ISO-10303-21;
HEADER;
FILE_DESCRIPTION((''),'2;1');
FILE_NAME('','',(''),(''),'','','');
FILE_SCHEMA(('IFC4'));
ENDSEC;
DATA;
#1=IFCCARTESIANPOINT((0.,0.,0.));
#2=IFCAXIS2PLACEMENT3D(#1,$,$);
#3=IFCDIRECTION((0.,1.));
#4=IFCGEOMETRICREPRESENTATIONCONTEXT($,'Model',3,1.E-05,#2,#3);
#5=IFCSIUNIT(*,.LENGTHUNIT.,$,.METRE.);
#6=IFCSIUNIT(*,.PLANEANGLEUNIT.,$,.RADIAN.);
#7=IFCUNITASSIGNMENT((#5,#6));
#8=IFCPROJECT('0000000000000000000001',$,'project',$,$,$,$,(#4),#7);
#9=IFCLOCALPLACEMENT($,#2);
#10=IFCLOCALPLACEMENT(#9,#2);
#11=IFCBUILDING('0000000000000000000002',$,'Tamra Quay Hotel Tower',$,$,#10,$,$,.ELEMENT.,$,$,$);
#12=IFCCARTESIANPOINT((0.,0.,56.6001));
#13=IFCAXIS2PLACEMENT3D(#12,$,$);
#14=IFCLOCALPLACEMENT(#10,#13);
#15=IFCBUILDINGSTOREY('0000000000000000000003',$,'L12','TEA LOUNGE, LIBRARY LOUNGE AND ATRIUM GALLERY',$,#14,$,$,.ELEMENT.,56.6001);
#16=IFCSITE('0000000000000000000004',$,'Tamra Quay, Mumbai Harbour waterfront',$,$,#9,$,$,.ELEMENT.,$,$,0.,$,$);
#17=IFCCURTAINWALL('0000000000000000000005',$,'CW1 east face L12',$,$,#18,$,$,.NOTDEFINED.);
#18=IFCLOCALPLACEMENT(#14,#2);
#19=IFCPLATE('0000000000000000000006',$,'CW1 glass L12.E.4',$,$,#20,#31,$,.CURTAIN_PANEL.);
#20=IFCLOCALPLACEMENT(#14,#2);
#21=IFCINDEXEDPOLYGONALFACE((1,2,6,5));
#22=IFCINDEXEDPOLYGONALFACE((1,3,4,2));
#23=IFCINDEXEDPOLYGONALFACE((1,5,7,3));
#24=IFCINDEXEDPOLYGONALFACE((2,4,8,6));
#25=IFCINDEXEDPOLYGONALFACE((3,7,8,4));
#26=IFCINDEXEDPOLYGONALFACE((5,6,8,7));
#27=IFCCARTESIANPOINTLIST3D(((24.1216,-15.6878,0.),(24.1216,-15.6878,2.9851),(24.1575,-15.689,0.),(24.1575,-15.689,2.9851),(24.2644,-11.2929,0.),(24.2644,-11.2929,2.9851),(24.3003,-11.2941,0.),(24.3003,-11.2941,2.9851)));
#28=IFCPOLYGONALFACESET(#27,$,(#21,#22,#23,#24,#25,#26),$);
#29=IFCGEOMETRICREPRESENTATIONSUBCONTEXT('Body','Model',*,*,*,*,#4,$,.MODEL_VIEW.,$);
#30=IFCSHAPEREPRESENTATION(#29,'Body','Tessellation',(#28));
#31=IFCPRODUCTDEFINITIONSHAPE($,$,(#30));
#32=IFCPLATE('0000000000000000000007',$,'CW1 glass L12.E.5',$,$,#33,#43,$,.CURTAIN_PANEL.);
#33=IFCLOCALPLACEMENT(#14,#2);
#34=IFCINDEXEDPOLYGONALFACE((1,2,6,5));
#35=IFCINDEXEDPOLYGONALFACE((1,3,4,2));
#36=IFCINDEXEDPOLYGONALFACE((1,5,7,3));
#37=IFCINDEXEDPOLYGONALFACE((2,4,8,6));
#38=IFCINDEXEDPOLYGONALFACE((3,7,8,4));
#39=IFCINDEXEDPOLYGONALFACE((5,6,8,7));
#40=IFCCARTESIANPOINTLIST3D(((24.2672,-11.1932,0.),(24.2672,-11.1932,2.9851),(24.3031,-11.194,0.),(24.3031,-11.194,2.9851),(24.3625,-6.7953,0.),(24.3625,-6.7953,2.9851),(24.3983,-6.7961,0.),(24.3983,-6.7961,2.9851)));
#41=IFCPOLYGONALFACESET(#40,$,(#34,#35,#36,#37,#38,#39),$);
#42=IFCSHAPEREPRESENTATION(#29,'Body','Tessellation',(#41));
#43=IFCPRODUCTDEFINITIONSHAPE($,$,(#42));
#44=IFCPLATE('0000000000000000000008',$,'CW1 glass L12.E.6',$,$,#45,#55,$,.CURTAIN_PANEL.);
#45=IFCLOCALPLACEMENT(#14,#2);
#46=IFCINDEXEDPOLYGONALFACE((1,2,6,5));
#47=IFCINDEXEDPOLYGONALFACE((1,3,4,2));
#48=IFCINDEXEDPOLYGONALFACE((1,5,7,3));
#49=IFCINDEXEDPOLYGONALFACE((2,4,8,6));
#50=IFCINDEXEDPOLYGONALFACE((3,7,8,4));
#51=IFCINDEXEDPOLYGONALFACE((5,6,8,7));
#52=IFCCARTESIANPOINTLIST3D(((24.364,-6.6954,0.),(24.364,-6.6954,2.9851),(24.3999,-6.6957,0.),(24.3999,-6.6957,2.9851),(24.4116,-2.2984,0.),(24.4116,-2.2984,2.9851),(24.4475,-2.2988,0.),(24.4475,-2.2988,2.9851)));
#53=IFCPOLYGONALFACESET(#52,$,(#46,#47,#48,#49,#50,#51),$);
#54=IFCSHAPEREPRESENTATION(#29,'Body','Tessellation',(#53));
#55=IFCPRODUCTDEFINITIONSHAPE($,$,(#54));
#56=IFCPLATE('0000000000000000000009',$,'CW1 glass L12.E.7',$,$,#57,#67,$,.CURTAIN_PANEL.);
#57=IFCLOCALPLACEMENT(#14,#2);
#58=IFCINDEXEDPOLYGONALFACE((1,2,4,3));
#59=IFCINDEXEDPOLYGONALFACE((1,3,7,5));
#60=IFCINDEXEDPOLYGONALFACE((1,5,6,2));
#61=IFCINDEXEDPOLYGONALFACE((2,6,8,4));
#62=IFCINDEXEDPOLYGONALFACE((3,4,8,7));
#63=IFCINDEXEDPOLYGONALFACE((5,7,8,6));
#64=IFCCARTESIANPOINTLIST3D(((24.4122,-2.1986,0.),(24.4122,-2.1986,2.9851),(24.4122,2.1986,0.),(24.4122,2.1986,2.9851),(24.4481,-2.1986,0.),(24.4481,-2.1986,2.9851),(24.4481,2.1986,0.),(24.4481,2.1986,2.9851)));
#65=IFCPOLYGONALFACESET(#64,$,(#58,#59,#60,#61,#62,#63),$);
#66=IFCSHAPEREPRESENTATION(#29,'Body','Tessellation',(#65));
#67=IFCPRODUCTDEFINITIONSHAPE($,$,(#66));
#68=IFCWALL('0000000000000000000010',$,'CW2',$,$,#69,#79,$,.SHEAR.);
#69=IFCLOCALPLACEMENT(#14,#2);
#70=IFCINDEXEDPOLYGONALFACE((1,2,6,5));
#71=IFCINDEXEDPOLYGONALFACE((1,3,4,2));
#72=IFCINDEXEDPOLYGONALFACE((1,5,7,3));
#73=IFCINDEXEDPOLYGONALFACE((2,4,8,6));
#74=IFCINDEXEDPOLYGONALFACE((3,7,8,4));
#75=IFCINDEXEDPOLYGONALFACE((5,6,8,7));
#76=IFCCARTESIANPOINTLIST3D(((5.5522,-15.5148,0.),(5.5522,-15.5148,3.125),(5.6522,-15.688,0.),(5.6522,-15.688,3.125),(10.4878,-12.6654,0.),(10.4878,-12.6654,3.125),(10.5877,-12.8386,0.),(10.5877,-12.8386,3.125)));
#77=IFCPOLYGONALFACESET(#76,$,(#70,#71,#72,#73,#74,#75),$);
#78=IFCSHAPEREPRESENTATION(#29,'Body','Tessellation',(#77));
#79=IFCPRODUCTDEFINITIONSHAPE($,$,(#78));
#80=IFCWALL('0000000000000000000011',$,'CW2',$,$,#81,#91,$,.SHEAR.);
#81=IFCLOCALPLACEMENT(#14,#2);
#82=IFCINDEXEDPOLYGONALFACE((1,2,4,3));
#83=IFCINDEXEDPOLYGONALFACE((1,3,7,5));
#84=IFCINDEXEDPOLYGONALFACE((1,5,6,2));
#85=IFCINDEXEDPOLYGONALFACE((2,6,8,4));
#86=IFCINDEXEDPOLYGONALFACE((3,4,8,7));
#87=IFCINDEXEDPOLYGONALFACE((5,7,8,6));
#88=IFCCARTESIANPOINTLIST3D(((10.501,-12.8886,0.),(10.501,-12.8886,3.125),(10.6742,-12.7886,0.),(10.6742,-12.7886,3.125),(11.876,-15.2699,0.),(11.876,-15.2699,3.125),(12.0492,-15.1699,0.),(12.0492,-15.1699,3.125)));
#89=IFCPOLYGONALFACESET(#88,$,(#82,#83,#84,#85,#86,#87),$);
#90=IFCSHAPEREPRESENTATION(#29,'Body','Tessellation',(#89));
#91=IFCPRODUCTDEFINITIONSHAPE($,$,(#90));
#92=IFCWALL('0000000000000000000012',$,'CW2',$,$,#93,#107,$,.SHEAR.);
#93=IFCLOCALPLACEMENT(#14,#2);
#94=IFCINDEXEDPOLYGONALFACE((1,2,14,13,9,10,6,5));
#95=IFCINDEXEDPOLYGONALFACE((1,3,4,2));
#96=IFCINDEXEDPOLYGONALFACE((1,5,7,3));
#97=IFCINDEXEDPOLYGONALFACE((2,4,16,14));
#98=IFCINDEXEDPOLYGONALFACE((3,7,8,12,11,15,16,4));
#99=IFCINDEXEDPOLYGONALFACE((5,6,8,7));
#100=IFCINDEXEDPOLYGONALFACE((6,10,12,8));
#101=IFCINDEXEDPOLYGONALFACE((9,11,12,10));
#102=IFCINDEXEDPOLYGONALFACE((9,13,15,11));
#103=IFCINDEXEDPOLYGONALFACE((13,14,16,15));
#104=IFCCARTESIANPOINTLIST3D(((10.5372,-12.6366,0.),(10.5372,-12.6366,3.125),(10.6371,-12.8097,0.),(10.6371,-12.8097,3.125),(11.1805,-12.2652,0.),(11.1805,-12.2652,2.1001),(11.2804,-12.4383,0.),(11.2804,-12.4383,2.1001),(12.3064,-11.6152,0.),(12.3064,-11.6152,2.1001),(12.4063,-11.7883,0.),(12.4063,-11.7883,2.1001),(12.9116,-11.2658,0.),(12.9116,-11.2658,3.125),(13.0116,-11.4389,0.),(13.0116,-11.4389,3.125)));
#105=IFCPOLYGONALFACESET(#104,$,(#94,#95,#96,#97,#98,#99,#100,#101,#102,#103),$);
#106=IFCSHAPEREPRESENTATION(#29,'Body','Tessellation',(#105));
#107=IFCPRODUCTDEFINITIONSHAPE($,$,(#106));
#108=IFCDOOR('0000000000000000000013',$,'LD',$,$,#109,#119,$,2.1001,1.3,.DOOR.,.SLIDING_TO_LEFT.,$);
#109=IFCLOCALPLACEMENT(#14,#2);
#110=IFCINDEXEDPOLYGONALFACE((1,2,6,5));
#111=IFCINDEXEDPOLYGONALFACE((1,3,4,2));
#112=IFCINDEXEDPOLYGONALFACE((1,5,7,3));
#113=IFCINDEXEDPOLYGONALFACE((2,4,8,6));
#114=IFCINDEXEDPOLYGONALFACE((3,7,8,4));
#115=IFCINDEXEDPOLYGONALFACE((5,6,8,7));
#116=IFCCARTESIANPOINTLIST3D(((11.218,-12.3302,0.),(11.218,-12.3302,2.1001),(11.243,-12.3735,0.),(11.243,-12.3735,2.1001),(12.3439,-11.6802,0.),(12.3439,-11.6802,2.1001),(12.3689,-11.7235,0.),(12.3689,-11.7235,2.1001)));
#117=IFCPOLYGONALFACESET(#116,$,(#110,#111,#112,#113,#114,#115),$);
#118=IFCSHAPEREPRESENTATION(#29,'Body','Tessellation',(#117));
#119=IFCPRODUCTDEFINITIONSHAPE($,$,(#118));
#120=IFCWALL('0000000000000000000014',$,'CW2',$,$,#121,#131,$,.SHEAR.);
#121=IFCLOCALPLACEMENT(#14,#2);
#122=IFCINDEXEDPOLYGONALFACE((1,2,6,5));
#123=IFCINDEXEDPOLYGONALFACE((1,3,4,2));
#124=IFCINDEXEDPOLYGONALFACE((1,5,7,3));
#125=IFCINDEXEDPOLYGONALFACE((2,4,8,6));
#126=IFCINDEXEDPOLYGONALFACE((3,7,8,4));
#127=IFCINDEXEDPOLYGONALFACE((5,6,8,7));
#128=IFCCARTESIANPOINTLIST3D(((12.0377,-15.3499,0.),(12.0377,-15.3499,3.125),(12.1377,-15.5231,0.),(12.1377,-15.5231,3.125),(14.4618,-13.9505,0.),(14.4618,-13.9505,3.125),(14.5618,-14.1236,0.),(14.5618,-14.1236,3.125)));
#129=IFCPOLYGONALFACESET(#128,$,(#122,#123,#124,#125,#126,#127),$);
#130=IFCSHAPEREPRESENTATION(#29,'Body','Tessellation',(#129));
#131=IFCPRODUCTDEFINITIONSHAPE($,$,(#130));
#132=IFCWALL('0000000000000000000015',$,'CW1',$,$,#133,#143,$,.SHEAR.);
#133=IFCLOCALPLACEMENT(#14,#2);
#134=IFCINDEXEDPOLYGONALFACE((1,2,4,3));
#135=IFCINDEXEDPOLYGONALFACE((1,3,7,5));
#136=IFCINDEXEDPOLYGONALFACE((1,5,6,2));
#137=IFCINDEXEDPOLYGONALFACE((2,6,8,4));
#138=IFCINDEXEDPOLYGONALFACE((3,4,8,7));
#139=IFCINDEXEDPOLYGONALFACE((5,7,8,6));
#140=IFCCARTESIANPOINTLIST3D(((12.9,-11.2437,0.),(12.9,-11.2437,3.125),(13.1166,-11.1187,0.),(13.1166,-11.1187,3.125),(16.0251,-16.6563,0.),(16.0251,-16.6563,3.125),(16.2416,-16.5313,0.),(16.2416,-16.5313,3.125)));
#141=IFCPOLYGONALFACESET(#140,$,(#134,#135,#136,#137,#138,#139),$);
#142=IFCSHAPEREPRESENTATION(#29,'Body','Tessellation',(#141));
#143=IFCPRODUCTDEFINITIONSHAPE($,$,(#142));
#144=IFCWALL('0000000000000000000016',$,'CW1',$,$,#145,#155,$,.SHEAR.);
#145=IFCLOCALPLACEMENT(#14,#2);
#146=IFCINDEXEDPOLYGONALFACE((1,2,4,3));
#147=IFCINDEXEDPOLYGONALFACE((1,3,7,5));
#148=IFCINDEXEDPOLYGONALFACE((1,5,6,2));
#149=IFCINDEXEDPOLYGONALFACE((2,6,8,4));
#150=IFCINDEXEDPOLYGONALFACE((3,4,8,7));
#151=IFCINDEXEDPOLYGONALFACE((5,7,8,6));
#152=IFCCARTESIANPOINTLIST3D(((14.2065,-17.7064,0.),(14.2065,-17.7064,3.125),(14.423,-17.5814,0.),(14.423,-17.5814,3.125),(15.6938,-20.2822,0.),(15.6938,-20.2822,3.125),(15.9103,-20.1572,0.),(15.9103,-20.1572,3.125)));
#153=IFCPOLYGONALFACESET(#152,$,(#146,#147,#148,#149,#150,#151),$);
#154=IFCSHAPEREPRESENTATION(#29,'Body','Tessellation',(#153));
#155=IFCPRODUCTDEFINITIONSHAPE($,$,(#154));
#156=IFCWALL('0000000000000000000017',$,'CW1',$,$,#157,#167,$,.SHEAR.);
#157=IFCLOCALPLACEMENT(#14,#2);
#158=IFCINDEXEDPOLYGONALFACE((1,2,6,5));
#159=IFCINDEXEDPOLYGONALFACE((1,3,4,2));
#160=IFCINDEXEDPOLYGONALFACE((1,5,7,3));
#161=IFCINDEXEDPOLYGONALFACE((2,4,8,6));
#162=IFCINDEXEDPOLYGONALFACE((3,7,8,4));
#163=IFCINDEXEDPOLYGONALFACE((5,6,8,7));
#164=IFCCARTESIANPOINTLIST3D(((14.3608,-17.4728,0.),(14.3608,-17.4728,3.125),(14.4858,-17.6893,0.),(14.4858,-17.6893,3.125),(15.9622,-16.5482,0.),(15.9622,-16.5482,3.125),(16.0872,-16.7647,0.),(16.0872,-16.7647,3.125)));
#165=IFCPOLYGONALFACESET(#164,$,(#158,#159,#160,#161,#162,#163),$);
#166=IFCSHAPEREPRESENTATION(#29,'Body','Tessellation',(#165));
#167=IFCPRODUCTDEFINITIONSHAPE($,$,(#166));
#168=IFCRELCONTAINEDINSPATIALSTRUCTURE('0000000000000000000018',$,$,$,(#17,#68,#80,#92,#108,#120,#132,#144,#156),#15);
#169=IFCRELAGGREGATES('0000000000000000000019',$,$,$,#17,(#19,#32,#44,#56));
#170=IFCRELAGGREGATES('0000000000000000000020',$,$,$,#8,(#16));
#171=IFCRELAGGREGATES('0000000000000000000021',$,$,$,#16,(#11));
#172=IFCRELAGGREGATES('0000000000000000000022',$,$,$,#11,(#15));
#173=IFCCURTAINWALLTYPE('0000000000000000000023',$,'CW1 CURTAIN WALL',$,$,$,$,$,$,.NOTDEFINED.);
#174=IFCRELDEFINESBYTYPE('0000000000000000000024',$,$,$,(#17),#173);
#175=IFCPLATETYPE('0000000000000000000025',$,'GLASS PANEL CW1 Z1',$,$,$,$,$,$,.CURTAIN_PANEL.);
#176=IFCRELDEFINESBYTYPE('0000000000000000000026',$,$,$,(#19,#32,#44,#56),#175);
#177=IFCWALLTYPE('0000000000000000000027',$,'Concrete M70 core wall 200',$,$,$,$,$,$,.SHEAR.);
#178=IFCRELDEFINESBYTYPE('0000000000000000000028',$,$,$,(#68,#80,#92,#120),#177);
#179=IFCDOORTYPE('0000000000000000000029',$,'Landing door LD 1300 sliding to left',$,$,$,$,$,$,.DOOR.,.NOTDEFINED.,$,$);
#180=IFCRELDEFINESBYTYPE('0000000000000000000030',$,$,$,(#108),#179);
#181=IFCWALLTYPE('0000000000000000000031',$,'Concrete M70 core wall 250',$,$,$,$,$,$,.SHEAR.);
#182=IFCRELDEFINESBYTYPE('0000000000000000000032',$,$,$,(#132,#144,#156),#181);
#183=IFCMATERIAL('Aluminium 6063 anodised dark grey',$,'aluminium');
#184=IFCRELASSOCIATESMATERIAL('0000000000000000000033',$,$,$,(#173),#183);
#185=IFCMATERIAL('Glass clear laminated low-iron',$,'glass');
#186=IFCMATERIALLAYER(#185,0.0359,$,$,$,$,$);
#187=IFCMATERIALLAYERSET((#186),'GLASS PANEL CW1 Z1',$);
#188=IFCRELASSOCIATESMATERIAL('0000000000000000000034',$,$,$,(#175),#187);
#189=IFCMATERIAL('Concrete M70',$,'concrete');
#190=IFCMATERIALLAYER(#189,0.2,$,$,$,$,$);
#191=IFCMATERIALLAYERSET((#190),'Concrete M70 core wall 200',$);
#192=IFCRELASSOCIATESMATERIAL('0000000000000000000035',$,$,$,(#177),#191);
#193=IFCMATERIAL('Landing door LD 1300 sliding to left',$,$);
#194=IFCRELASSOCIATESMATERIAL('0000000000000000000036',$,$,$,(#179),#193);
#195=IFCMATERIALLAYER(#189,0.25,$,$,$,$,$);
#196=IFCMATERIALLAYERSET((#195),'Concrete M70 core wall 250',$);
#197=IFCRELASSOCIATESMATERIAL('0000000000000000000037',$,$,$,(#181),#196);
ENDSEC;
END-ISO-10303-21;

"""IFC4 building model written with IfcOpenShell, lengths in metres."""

from ifc_helpers import new_model, si_unit, direction, frame, frame_2d, origin, origin_2d, place, context, subcontext, project, spatial, rectangle, extrude, material, layer, layer_set, type_object, element, fill, aggregate, save


model = new_model("IFC4")

# Units and contexts
model_context = context("Model", 3, precision=1e-05, world=origin(), true_north=direction((0.0, 1.0)))
body_context = subcontext(model_context, "Body", "Model", "MODEL_VIEW")
ifc_project = project(units=[si_unit("LENGTHUNIT", "METRE"), si_unit("PLANEANGLEUNIT", "RADIAN")], contexts=[model_context])

# Site, building, storey
site_placement = place(None, origin())
site = spatial("IfcSite", under=ifc_project, at=site_placement, Name="Tamra Quay, Mumbai Harbour waterfront", CompositionType="ELEMENT", RefElevation=0.0)
building_placement = place(site_placement, origin())
building = spatial("IfcBuilding", under=site, at=building_placement, Name="Tamra Quay Hotel Tower", CompositionType="ELEMENT")
storey_placement = place(building_placement, frame((0.0, 0.0, 56.6001)))
storey = spatial("IfcBuildingStorey", under=building, at=storey_placement, Name="L12", Description="TEA LOUNGE, LIBRARY LOUNGE AND ATRIUM GALLERY", CompositionType="ELEMENT", Elevation=56.6001)

# Shared definitions
ifc_material_1 = material(Name="Concrete M70", Category="concrete")

# Curtain wall
ifc_material_2 = material(Name="Aluminium 6063 anodised dark grey", Category="aluminium")
curtain_wall_type = type_object("IfcCurtainWallType", Name="CW1 CURTAIN WALL", PredefinedType="NOTDEFINED", material=ifc_material_2)
curtain_wall_placement = place(storey_placement, origin())
curtain_wall = element("IfcCurtainWall", 1, at=curtain_wall_placement, inside=storey, type_object=curtain_wall_type, Name="CW1 east face L12", PredefinedType="NOTDEFINED")

# Plates
ifc_material_3 = material(Name="Glass clear laminated low-iron", Category="glass")
ifc_layer_1 = layer(ifc_material_3, 0.0359)
ifc_layer_set_1 = layer_set([ifc_layer_1], Name="GLASS PANEL CW1 Z1")
plate_type = type_object("IfcPlateType", Name="GLASS PANEL CW1 Z1", PredefinedType="CURTAIN_PANEL", material=ifc_layer_set_1)
plate_1_placement = place(storey_placement, frame((24.2109, -13.491, 0.0), z_axis=(0.0, 0.0, 1.0), x_axis=(0.032475, 0.999473, 0.0)))
plate_1 = element("IfcPlate", 2, at=plate_1_placement, type_object=plate_type, Name="CW1 glass L12.E.4", PredefinedType="CURTAIN_PANEL", context=body_context, shape_type="SweptSolid", body=[
    extrude(rectangle(XDim=4.3972, YDim=0.0359, at=origin_2d()), origin(), (0.0, 0.0, 1.0), 2.9851),
])
plate_2_placement = place(storey_placement, frame((24.3328, -8.9946, 0.0), z_axis=(0.0, 0.0, 1.0), x_axis=(0.021657, 0.999765, 0.0)))
plate_2 = element("IfcPlate", 3, at=plate_2_placement, type_object=plate_type, Name="CW1 glass L12.E.5", PredefinedType="CURTAIN_PANEL", context=body_context, shape_type="SweptSolid", body=[
    extrude(rectangle(XDim=4.3989, YDim=0.0359, at=origin_2d()), origin(), (0.0, 0.0, 1.0), 2.9851),
])
plate_3_placement = place(storey_placement, frame((24.4058, -4.4971, 0.0), z_axis=(0.0, 0.0, 1.0), x_axis=(0.010836, 0.999941, 0.0)))
plate_3 = element("IfcPlate", 4, at=plate_3_placement, type_object=plate_type, Name="CW1 glass L12.E.6", PredefinedType="CURTAIN_PANEL", context=body_context, shape_type="SweptSolid", body=[
    extrude(rectangle(XDim=4.3972, YDim=0.0359, at=origin_2d()), origin(), (0.0, 0.0, 1.0), 2.9851),
])
plate_4_placement = place(storey_placement, frame((24.4302, 0.0, 0.0), z_axis=(0.0, 0.0, 1.0), x_axis=(0.0, 1.0, 0.0)))
plate_4 = element("IfcPlate", 5, at=plate_4_placement, type_object=plate_type, Name="CW1 glass L12.E.7", PredefinedType="CURTAIN_PANEL", context=body_context, shape_type="SweptSolid", body=[
    extrude(rectangle(XDim=4.3972, YDim=0.0359, at=origin_2d()), origin(), (0.0, 0.0, 1.0), 2.9851),
])
aggregate(curtain_wall, [plate_1, plate_2, plate_3, plate_4])

# Walls
ifc_layer_2 = layer(ifc_material_1, 0.2)
ifc_layer_set_2 = layer_set([ifc_layer_2], Name="Concrete M70 core wall 200")
wall_type_1 = type_object("IfcWallType", Name="Concrete M70 core wall 200", PredefinedType="SHEAR", material=ifc_layer_set_2)
wall_1_placement = place(storey_placement, frame((10.5378, -12.752, 0.0), z_axis=(0.0, 0.0, 1.0), x_axis=(-0.866039, -0.499977, 0.0)))
element("IfcWall", 6, at=wall_1_placement, inside=storey, type_object=wall_type_1, Name="CW2", PredefinedType="SHEAR", context=body_context, shape_type="SweptSolid", body=[
    extrude(rectangle(XDim=5.699, YDim=0.2, at=frame_2d((2.8496, 0.0))), origin(), (0.0, 0.0, 1.0), 3.125),
])
wall_2_placement = place(storey_placement, frame((11.9626, -15.22, 0.0), z_axis=(0.0, 0.0, 1.0), x_axis=(-0.500035, 0.866005, 0.0)))
element("IfcWall", 7, at=wall_2_placement, inside=storey, type_object=wall_type_1, Name="CW2", PredefinedType="SHEAR", context=body_context, shape_type="SweptSolid", body=[
    extrude(rectangle(XDim=2.7498, YDim=0.2, at=frame_2d((1.375, 0.0))), origin(), (0.0, 0.0, 1.0), 3.125),
])

# Wall, opening, door
wall_3_placement = place(storey_placement, frame((10.5872, -12.7231, 0.0), z_axis=(0.0, 0.0, 1.0), x_axis=(0.866037, 0.499979, 0.0)))
wall_3 = element("IfcWall", 8, at=wall_3_placement, inside=storey, type_object=wall_type_1, Name="CW2", PredefinedType="SHEAR", context=body_context, shape_type="SweptSolid", body=[
    extrude(rectangle(XDim=2.7417, YDim=0.2, at=frame_2d((1.3708, 0.0))), origin(), (0.0, 0.0, 1.0), 3.125),
])
opening_placement = place(wall_3_placement, frame((0.7429, 0.0, 0.0)))
opening = element("IfcOpeningElement", 9, at=opening_placement, cuts=wall_3, PredefinedType="OPENING", context=body_context, shape_type="SweptSolid", body=[
    extrude(rectangle(XDim=1.3, YDim=2.1001, at=frame_2d((0.6499, 1.05))), frame((0.0, 0.1099, 0.0), z_axis=(0.0, -1.0, 0.0), x_axis=(1.0, 0.0, 0.0)), (0.0, 0.0, 1.0), 0.22),
])
ifc_material_4 = material(Name="Landing door LD 1300 sliding to left")
door_type = type_object("IfcDoorType", Name="Landing door LD 1300 sliding to left", OperationType="NOTDEFINED", PredefinedType="DOOR", material=ifc_material_4)
door_placement = place(opening_placement, origin())
door = element("IfcDoor", 10, at=door_placement, inside=storey, type_object=door_type, Name="LD", OperationType="SLIDING_TO_LEFT", OverallHeight=2.1001, OverallWidth=1.3, PredefinedType="DOOR", context=body_context, shape_type="SweptSolid", body=[
    extrude(rectangle(XDim=1.3, YDim=2.1001, at=frame_2d((0.6499, 1.05))), frame((0.0, 0.0249, 0.0), z_axis=(0.0, -1.0, 0.0), x_axis=(1.0, 0.0, 0.0)), (0.0, 0.0, 1.0), 0.05),
])
fill(opening, door)

# Walls
wall_4_placement = place(storey_placement, frame((14.5117, -14.0371, 0.0), z_axis=(0.0, 0.0, 1.0), x_axis=(-0.866045, -0.499967, 0.0)))
element("IfcWall", 11, at=wall_4_placement, inside=storey, type_object=wall_type_1, Name="CW2", PredefinedType="SHEAR", context=body_context, shape_type="SweptSolid", body=[
    extrude(rectangle(XDim=2.7991, YDim=0.2, at=frame_2d((1.3994, 0.0))), origin(), (0.0, 0.0, 1.0), 3.125),
])
ifc_layer_3 = layer(ifc_material_1, 0.25)
ifc_layer_set_3 = layer_set([ifc_layer_3], Name="Concrete M70 core wall 250")
wall_type_2 = type_object("IfcWallType", Name="Concrete M70 core wall 250", PredefinedType="SHEAR", material=ifc_layer_set_3)
wall_5_placement = place(storey_placement, frame((13.0083, -11.1812, 0.0), z_axis=(0.0, 0.0, 1.0), x_axis=(0.500004, -0.866023, 0.0)))
element("IfcWall", 12, at=wall_5_placement, inside=storey, type_object=wall_type_2, Name="CW1", PredefinedType="SHEAR", context=body_context, shape_type="SweptSolid", body=[
    extrude(rectangle(XDim=6.25, YDim=0.25, at=frame_2d((3.125, 0.0))), origin(), (0.0, 0.0, 1.0), 3.125),
])
wall_6_placement = place(storey_placement, frame((14.3147, -17.6438, 0.0), z_axis=(0.0, 0.0, 1.0), x_axis=(0.500023, -0.866012, 0.0)))
element("IfcWall", 13, at=wall_6_placement, inside=storey, type_object=wall_type_2, Name="CW1", PredefinedType="SHEAR", context=body_context, shape_type="SweptSolid", body=[
    extrude(rectangle(XDim=2.9744, YDim=0.25, at=frame_2d((1.4873, 0.0))), origin(), (0.0, 0.0, 1.0), 3.125),
])
wall_7_placement = place(storey_placement, frame((16.0247, -16.6565, 0.0), z_axis=(0.0, 0.0, 1.0), x_axis=(-0.866016, -0.500016, 0.0)))
element("IfcWall", 14, at=wall_7_placement, inside=storey, type_object=wall_type_2, Name="CW1", PredefinedType="SHEAR", context=body_context, shape_type="SweptSolid", body=[
    extrude(rectangle(XDim=1.8491, YDim=0.25, at=frame_2d((0.9246, 0.0))), origin(), (0.0, 0.0, 1.0), 3.125),
])

save(model, "model.ifc")
